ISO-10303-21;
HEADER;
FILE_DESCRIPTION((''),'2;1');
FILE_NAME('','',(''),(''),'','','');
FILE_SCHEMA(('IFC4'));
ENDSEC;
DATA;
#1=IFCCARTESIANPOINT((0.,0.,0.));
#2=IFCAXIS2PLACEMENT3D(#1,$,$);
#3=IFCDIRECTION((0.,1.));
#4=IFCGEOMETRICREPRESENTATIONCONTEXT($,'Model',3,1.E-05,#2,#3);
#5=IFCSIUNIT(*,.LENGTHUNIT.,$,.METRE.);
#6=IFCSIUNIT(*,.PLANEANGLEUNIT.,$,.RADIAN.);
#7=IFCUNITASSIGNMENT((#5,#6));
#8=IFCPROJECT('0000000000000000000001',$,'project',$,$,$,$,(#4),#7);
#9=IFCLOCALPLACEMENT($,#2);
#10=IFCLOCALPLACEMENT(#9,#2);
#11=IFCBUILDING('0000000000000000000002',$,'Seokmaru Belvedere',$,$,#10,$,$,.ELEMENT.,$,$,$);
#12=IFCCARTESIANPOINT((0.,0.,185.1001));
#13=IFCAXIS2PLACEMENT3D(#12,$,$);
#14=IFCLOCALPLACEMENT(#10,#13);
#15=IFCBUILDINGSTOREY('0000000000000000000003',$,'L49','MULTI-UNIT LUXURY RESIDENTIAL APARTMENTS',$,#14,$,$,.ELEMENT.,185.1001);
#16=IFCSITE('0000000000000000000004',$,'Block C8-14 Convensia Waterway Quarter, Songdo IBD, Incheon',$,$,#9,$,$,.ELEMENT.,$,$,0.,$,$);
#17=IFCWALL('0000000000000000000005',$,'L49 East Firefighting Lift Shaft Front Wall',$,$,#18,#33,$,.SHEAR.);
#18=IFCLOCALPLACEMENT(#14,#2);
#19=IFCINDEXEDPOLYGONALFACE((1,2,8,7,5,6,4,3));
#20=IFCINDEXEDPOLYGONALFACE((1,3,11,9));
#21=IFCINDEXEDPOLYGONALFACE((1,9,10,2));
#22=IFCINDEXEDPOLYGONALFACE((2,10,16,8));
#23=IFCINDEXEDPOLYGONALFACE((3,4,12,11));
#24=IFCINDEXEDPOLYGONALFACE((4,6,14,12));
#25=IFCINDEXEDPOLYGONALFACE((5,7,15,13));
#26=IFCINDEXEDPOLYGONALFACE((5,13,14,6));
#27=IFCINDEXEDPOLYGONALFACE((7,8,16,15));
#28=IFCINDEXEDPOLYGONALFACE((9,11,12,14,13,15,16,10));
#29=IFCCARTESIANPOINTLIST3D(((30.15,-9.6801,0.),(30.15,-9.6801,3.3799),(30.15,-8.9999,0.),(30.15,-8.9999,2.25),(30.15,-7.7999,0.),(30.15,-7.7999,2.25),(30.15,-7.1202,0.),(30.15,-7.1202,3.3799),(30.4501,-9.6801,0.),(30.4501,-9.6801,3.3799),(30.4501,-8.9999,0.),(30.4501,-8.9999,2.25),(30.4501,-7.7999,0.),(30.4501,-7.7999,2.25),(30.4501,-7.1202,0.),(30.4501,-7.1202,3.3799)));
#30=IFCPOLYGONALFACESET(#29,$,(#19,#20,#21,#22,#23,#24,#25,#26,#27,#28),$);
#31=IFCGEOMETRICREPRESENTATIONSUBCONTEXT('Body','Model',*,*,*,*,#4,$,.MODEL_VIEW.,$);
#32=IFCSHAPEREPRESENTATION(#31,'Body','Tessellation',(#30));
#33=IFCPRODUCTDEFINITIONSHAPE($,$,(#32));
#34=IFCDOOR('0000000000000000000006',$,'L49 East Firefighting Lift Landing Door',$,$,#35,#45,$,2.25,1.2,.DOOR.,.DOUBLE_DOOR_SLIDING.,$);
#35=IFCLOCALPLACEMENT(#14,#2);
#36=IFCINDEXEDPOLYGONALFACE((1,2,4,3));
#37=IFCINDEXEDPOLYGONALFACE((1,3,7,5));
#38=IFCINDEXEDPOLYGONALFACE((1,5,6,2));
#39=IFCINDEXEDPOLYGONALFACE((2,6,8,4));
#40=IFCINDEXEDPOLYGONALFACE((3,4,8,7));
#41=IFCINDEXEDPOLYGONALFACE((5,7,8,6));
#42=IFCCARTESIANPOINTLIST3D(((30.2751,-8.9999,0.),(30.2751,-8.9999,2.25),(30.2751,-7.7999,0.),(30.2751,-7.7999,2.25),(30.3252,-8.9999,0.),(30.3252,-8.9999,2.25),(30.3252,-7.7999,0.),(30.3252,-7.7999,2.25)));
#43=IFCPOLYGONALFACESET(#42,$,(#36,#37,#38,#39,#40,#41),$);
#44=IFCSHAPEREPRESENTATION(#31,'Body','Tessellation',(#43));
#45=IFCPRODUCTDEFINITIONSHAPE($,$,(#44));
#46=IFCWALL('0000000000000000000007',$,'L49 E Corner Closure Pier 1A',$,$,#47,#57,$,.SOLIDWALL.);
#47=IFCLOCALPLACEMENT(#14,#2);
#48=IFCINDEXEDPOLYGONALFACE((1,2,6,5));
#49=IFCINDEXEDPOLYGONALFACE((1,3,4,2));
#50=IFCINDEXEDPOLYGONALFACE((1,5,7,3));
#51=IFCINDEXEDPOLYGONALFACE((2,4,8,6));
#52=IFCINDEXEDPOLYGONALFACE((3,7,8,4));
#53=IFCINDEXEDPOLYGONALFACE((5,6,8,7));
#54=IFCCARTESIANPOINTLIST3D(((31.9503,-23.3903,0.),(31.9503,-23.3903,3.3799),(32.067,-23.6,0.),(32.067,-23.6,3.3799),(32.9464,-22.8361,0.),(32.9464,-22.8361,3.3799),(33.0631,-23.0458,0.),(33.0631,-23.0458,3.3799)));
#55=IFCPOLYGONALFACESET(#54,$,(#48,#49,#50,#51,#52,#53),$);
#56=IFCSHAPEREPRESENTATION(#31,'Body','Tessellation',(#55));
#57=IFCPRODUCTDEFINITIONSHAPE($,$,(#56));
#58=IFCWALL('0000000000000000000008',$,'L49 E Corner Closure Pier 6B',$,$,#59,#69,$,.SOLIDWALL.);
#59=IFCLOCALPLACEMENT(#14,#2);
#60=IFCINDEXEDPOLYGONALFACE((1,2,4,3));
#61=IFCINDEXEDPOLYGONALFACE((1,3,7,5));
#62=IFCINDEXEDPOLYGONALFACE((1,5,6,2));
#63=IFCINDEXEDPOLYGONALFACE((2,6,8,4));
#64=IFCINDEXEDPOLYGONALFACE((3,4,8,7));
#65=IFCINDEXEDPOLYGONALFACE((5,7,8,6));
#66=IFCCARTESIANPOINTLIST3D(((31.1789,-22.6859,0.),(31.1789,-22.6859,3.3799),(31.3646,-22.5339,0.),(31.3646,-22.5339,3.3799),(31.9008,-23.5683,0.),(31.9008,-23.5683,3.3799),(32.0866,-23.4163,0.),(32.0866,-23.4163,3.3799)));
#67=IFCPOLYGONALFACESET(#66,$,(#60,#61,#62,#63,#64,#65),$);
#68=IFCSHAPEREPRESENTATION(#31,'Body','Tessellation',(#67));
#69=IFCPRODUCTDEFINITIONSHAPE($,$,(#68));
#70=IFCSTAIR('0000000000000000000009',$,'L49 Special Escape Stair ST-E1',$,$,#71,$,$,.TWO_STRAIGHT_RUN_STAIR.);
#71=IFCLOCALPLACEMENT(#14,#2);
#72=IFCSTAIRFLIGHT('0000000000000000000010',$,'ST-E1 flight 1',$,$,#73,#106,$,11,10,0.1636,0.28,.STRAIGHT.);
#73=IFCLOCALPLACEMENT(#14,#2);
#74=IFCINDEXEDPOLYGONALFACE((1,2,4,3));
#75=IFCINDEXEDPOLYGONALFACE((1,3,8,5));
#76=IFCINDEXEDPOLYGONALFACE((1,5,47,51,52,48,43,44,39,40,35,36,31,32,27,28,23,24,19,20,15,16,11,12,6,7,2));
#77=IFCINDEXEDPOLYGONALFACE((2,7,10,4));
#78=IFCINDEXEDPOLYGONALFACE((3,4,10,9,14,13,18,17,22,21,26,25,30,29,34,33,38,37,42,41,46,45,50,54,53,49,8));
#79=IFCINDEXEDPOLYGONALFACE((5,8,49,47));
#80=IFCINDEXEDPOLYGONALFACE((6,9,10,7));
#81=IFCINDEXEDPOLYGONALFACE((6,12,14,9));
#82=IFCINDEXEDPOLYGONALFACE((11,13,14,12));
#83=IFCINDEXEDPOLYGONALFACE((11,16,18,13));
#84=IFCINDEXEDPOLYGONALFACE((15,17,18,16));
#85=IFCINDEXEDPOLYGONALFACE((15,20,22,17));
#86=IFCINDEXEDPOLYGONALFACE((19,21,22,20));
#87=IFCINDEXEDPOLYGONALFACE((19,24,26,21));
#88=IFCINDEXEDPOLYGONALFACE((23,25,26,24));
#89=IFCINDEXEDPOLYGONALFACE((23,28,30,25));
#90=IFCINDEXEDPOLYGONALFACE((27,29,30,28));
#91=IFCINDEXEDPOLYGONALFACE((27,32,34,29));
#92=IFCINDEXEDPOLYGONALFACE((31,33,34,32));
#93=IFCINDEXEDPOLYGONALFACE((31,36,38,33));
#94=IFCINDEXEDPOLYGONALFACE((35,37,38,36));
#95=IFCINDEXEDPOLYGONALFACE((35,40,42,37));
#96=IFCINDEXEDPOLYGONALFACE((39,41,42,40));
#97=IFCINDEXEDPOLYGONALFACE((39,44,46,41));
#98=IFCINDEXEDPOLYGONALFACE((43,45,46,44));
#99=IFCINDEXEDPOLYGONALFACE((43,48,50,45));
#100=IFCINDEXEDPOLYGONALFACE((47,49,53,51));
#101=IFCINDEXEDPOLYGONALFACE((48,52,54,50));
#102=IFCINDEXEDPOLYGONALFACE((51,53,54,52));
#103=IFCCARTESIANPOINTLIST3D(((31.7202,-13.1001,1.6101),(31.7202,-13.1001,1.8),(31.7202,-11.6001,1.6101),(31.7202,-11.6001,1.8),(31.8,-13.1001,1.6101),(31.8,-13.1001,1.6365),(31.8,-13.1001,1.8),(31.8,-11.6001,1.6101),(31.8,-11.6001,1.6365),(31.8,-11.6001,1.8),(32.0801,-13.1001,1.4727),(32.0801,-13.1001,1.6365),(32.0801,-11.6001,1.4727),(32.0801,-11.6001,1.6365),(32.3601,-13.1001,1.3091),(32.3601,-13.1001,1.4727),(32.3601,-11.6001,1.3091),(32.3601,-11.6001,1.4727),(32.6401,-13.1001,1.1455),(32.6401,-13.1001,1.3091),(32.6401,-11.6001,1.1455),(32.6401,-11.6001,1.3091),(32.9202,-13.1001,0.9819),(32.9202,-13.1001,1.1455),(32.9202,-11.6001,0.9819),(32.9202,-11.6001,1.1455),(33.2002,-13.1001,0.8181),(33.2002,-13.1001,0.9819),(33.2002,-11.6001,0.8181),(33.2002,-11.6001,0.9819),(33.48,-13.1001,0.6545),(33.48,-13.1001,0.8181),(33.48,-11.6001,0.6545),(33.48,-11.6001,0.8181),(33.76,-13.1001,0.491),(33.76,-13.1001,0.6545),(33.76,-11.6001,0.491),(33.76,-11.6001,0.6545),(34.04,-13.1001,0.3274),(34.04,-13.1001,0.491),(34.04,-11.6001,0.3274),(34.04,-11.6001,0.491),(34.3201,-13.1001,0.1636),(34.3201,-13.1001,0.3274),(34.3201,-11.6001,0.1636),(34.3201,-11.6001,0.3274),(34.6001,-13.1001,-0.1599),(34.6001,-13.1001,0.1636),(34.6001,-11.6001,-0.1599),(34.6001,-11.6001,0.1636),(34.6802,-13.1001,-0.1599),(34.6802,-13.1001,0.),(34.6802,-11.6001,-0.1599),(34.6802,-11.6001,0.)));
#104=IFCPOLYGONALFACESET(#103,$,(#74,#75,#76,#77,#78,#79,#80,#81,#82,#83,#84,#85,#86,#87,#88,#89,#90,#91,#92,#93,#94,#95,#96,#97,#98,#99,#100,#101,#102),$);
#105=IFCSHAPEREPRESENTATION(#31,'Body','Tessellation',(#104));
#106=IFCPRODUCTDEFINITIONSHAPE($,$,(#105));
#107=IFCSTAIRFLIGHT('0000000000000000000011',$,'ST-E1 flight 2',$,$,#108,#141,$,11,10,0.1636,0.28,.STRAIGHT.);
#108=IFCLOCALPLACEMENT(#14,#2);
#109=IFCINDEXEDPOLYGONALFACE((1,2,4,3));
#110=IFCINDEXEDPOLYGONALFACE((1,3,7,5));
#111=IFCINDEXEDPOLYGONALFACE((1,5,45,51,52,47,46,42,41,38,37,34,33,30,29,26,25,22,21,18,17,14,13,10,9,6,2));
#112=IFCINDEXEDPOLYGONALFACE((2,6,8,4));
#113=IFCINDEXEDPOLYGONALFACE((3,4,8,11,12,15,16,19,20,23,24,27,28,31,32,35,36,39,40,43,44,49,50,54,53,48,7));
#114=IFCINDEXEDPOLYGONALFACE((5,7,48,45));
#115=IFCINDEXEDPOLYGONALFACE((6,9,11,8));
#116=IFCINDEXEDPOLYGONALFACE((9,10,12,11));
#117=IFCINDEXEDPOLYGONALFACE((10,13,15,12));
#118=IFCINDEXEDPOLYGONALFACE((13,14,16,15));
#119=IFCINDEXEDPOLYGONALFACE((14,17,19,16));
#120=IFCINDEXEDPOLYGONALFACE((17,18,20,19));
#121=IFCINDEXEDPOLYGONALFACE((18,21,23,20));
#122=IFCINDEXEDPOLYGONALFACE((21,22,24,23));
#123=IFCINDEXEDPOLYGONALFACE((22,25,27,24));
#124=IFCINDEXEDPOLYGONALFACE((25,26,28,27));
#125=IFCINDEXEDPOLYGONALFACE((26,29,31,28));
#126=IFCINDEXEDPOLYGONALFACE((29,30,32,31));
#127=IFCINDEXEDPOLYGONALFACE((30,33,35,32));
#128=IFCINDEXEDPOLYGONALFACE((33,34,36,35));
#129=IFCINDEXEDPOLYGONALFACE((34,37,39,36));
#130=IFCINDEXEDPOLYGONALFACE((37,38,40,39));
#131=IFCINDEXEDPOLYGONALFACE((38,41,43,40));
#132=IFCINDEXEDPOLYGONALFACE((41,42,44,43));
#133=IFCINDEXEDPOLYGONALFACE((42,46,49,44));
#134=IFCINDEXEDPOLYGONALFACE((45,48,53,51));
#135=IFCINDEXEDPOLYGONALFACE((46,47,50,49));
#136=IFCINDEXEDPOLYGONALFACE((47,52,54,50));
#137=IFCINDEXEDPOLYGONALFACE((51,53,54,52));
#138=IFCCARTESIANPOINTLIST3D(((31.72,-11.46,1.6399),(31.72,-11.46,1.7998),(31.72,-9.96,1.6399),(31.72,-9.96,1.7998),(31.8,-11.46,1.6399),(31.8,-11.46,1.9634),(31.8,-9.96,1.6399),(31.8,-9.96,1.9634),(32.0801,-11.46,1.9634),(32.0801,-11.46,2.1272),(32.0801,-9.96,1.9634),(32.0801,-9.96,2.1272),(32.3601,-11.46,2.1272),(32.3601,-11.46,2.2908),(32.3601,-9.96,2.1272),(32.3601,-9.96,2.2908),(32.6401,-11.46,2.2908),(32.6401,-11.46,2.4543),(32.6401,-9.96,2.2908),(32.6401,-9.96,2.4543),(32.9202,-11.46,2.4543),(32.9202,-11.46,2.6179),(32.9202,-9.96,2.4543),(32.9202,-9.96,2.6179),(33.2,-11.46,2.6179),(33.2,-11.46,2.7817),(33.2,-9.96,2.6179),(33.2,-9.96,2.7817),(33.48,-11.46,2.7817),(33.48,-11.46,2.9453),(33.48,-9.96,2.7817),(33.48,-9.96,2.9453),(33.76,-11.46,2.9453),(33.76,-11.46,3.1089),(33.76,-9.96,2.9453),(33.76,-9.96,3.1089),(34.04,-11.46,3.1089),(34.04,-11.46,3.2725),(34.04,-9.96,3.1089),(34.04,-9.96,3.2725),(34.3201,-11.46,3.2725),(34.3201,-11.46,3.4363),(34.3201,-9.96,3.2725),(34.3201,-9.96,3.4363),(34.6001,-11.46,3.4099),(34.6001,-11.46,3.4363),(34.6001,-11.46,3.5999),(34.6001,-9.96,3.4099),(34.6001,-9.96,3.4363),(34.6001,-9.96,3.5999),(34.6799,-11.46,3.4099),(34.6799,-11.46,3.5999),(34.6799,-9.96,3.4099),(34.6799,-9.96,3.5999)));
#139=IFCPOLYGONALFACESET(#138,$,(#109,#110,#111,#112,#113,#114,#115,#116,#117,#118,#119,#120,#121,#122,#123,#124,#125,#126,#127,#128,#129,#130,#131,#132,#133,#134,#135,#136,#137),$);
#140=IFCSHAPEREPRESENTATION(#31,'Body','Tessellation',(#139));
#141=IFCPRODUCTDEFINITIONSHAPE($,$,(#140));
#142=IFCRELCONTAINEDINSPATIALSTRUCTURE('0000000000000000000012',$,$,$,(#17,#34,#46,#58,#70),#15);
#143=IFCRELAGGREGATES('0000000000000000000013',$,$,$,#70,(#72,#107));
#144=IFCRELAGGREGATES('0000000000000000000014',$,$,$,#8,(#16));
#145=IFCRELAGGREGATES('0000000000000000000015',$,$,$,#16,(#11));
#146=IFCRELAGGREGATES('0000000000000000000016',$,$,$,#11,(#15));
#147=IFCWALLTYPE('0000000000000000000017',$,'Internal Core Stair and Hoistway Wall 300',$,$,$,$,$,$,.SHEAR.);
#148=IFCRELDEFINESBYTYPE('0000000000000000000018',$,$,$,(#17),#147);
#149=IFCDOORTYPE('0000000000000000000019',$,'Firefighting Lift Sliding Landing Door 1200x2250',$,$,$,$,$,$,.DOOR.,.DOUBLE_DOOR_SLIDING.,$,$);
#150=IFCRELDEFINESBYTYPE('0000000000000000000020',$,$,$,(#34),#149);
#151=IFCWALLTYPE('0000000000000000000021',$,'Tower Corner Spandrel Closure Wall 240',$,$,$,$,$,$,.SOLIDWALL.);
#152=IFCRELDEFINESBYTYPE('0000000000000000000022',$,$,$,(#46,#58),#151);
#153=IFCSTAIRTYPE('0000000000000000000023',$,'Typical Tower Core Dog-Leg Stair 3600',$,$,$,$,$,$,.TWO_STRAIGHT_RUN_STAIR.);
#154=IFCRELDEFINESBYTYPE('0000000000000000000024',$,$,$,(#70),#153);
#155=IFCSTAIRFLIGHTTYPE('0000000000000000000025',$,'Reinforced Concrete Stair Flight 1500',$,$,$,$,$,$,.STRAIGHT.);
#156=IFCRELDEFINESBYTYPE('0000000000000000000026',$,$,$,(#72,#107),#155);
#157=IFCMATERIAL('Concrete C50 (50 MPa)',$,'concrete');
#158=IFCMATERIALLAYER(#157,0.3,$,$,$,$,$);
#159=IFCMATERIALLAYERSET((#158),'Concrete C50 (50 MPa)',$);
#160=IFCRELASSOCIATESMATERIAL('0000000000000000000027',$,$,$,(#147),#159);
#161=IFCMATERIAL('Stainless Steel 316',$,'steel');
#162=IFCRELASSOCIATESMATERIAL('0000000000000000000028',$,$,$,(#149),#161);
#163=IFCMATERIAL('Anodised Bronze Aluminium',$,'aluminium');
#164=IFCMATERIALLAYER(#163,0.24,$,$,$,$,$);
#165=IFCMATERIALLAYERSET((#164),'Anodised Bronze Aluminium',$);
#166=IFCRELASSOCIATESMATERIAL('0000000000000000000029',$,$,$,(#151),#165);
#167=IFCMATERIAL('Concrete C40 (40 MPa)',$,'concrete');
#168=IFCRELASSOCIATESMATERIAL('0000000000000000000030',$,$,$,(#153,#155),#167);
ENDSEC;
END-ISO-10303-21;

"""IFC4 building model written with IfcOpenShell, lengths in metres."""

from ifc_helpers import new_model, si_unit, direction, frame, frame_2d, origin, place, context, subcontext, project, spatial, polyline, rectangle, outline, extrude, source, transform, mapped, material, layer, layer_set, type_object, type_shapes, element, fill, aggregate, save


model = new_model("IFC4")

# Units and contexts
model_context = context("Model", 3, precision=1e-05, world=origin(), true_north=direction((0.0, 1.0)))
body_context = subcontext(model_context, "Body", "Model", "MODEL_VIEW")
ifc_project = project(units=[si_unit("LENGTHUNIT", "METRE"), si_unit("PLANEANGLEUNIT", "RADIAN")], contexts=[model_context])

# Site, building, storey
site_placement = place(None, origin())
site = spatial("IfcSite", under=ifc_project, at=site_placement, Name="Block C8-14 Convensia Waterway Quarter, Songdo IBD, Incheon", CompositionType="ELEMENT", RefElevation=0.0)
building_placement = place(site_placement, origin())
building = spatial("IfcBuilding", under=site, at=building_placement, Name="Seokmaru Belvedere", CompositionType="ELEMENT")
storey_placement = place(building_placement, frame((0.0, 0.0, 185.1001)))
storey = spatial("IfcBuildingStorey", under=building, at=storey_placement, Name="L49", Description="MULTI-UNIT LUXURY RESIDENTIAL APARTMENTS", CompositionType="ELEMENT", Elevation=185.1001)

# Shared definitions
ifc_material_1 = material(Name="Anodised Bronze Aluminium", Category="aluminium")

# Wall, opening, door
ifc_material_2 = material(Name="Concrete C50 (50 MPa)", Category="concrete")
ifc_layer_1 = layer(ifc_material_2, 0.3)
ifc_layer_set_1 = layer_set([ifc_layer_1], Name="Concrete C50 (50 MPa)")
wall_type_1 = type_object("IfcWallType", Name="Internal Core Stair and Hoistway Wall 300", PredefinedType="SHEAR", material=ifc_layer_set_1)
wall_1_placement = place(storey_placement, frame((30.3, -9.6799, 0.0), z_axis=(0.0, 0.0, 1.0), x_axis=(0.0, 1.0, 0.0)))
wall_1 = element("IfcWall", 1, at=wall_1_placement, inside=storey, type_object=wall_type_1, Name="L49 East Firefighting Lift Shaft Front Wall", PredefinedType="SHEAR", context=body_context, shape_type="SweptSolid", body=[
    extrude(rectangle(XDim=2.5598, YDim=0.3, at=frame_2d((1.2798, 0.0))), origin(), (0.0, 0.0, 1.0), 3.3799),
])
opening_placement = place(wall_1_placement, frame((0.6799, 0.0, 0.0)))
opening = element("IfcOpeningElement", 2, at=opening_placement, cuts=wall_1, PredefinedType="OPENING", context=body_context, shape_type="SweptSolid", body=[
    extrude(rectangle(XDim=1.2, YDim=2.25, at=frame_2d((0.6001, 1.125))), frame((0.0, 0.1602, 0.0), z_axis=(0.0, -1.0, 0.0), x_axis=(1.0, 0.0, 0.0)), (0.0, 0.0, 1.0), 0.3201),
])
ifc_material_3 = material(Name="Stainless Steel 316", Category="steel")
door_type = type_object("IfcDoorType", Name="Firefighting Lift Sliding Landing Door 1200x2250", OperationType="DOUBLE_DOOR_SLIDING", PredefinedType="DOOR", material=ifc_material_3)
shared_shape_1 = source(origin(), body_context, "Body", "SweptSolid", [
    extrude(rectangle(XDim=1.2, YDim=2.25, at=frame_2d((0.6001, 1.125))), frame((0.0, 0.0249, 0.0), z_axis=(0.0, -1.0, 0.0), x_axis=(1.0, 0.0, 0.0)), (0.0, 0.0, 1.0), 0.05),
])
type_shapes(door_type, [shared_shape_1])
door_placement = place(opening_placement, origin())
door = element("IfcDoor", 3, at=door_placement, inside=storey, type_object=door_type, Name="L49 East Firefighting Lift Landing Door", OperationType="DOUBLE_DOOR_SLIDING", OverallHeight=2.25, OverallWidth=1.2, PredefinedType="DOOR", context=body_context, shape_type="MappedRepresentation", body=[
    mapped(shared_shape_1, transform((0.0, 0.0, 0.0), scale=1.0)),
])
fill(opening, door)

# Walls
ifc_layer_2 = layer(ifc_material_1, 0.24)
ifc_layer_set_2 = layer_set([ifc_layer_2], Name="Anodised Bronze Aluminium")
wall_type_2 = type_object("IfcWallType", Name="Tower Corner Spandrel Closure Wall 240", PredefinedType="SOLIDWALL", material=ifc_layer_set_2)
wall_2_placement = place(storey_placement, frame((32.0088, -23.4951, 0.0), z_axis=(0.0, 0.0, 1.0), x_axis=(0.873854, 0.486188, 0.0)))
element("IfcWall", 4, at=wall_2_placement, inside=storey, type_object=wall_type_2, Name="L49 E Corner Closure Pier 1A", PredefinedType="SOLIDWALL", context=body_context, shape_type="SweptSolid", body=[
    extrude(rectangle(XDim=1.1399, YDim=0.24, at=frame_2d((0.5698, 0.0))), origin(), (0.0, 0.0, 1.0), 3.3799),
])
wall_3_placement = place(storey_placement, frame((31.2717, -22.6099, 0.0), z_axis=(0.0, 0.0, 1.0), x_axis=(0.633249, -0.773948, 0.0)))
element("IfcWall", 5, at=wall_3_placement, inside=storey, type_object=wall_type_2, Name="L49 E Corner Closure Pier 6B", PredefinedType="SOLIDWALL", context=body_context, shape_type="SweptSolid", body=[
    extrude(rectangle(XDim=1.1401, YDim=0.24, at=frame_2d((0.5701, 0.0))), origin(), (0.0, 0.0, 1.0), 3.3799),
])

# Stair, stair flights
ifc_material_4 = material(Name="Concrete C40 (40 MPa)", Category="concrete")
stair_type = type_object("IfcStairType", Name="Typical Tower Core Dog-Leg Stair 3600", PredefinedType="TWO_STRAIGHT_RUN_STAIR", material=ifc_material_4)
stair_placement = place(storey_placement, origin())
stair = element("IfcStair", 6, at=stair_placement, inside=storey, type_object=stair_type, Name="L49 Special Escape Stair ST-E1", PredefinedType="TWO_STRAIGHT_RUN_STAIR")
stair_flight_type = type_object("IfcStairFlightType", Name="Reinforced Concrete Stair Flight 1500", PredefinedType="STRAIGHT", material=ifc_material_4)
stair_flight_1_placement = place(storey_placement, frame((34.6001, -12.3501, 0.0), z_axis=(0.0, 0.0, 1.0), x_axis=(-1.0, 0.0, 0.0)))
stair_flight_1 = element("IfcStairFlight", 7, at=stair_flight_1_placement, type_object=stair_flight_type, Name="ST-E1 flight 1", NumberOfRisers=11, NumberOfTreads=10, PredefinedType="STRAIGHT", RiserHeight=0.1636, TreadLength=0.28, context=body_context, shape_type="SweptSolid", body=[
    extrude(outline(polyline([(-0.0801, 0.0), (0.0, 0.1636), (0.28, 0.1636), (0.28, 0.3274), (0.5601, 0.3274), (0.5601, 0.491), (0.8401, 0.491), (0.8401, 0.6545), (1.1201, 0.6545), (1.1201, 0.8181), (1.3999, 0.8181), (1.3999, 0.9819), (1.6799, 0.9819), (1.6799, 1.1455), (1.96, 1.1455), (1.96, 1.3091), (2.24, 1.3091), (2.24, 1.4727), (2.52, 1.4727), (2.52, 1.6365), (2.8, 1.6365), (2.8, 1.8), (2.8799, 1.8), (2.8799, 1.6101), (2.8, 1.6101), (0.0, -0.1599), (-0.0801, -0.1599), (-0.0801, 0.0)])), frame((0.0, 0.75, 0.0), z_axis=(0.0, -1.0, 0.0), x_axis=(1.0, 0.0, 0.0)), (0.0, 0.0, 1.0), 1.5),
])
stair_flight_2_placement = place(storey_placement, frame((31.8, -10.71, 1.7998), z_axis=(0.0, 0.0, 1.0), x_axis=(1.0, 0.0, 0.0)))
stair_flight_2 = element("IfcStairFlight", 8, at=stair_flight_2_placement, type_object=stair_flight_type, Name="ST-E1 flight 2", NumberOfRisers=11, NumberOfTreads=10, PredefinedType="STRAIGHT", RiserHeight=0.1636, TreadLength=0.28, context=body_context, shape_type="SweptSolid", body=[
    extrude(outline(polyline([(-0.0801, 0.0), (0.0, 0.1636), (0.28, 0.1636), (0.28, 0.3274), (0.5601, 0.3274), (0.5601, 0.491), (0.8401, 0.491), (0.8401, 0.6545), (1.1201, 0.6545), (1.1201, 0.8181), (1.3999, 0.8181), (1.3999, 0.9819), (1.6799, 0.9819), (1.6799, 1.1455), (1.96, 1.1455), (1.96, 1.3091), (2.24, 1.3091), (2.24, 1.4727), (2.52, 1.4727), (2.52, 1.6365), (2.8, 1.6365), (2.8, 1.8), (2.8799, 1.8), (2.8799, 1.6101), (2.8, 1.6101), (0.0, -0.1599), (-0.0801, -0.1599), (-0.0801, 0.0)])), frame((0.0, 0.75, 0.0), z_axis=(0.0, -1.0, 0.0), x_axis=(1.0, 0.0, 0.0)), (0.0, 0.0, 1.0), 1.5),
])
aggregate(stair, [stair_flight_1, stair_flight_2])

save(model, "model.ifc")
